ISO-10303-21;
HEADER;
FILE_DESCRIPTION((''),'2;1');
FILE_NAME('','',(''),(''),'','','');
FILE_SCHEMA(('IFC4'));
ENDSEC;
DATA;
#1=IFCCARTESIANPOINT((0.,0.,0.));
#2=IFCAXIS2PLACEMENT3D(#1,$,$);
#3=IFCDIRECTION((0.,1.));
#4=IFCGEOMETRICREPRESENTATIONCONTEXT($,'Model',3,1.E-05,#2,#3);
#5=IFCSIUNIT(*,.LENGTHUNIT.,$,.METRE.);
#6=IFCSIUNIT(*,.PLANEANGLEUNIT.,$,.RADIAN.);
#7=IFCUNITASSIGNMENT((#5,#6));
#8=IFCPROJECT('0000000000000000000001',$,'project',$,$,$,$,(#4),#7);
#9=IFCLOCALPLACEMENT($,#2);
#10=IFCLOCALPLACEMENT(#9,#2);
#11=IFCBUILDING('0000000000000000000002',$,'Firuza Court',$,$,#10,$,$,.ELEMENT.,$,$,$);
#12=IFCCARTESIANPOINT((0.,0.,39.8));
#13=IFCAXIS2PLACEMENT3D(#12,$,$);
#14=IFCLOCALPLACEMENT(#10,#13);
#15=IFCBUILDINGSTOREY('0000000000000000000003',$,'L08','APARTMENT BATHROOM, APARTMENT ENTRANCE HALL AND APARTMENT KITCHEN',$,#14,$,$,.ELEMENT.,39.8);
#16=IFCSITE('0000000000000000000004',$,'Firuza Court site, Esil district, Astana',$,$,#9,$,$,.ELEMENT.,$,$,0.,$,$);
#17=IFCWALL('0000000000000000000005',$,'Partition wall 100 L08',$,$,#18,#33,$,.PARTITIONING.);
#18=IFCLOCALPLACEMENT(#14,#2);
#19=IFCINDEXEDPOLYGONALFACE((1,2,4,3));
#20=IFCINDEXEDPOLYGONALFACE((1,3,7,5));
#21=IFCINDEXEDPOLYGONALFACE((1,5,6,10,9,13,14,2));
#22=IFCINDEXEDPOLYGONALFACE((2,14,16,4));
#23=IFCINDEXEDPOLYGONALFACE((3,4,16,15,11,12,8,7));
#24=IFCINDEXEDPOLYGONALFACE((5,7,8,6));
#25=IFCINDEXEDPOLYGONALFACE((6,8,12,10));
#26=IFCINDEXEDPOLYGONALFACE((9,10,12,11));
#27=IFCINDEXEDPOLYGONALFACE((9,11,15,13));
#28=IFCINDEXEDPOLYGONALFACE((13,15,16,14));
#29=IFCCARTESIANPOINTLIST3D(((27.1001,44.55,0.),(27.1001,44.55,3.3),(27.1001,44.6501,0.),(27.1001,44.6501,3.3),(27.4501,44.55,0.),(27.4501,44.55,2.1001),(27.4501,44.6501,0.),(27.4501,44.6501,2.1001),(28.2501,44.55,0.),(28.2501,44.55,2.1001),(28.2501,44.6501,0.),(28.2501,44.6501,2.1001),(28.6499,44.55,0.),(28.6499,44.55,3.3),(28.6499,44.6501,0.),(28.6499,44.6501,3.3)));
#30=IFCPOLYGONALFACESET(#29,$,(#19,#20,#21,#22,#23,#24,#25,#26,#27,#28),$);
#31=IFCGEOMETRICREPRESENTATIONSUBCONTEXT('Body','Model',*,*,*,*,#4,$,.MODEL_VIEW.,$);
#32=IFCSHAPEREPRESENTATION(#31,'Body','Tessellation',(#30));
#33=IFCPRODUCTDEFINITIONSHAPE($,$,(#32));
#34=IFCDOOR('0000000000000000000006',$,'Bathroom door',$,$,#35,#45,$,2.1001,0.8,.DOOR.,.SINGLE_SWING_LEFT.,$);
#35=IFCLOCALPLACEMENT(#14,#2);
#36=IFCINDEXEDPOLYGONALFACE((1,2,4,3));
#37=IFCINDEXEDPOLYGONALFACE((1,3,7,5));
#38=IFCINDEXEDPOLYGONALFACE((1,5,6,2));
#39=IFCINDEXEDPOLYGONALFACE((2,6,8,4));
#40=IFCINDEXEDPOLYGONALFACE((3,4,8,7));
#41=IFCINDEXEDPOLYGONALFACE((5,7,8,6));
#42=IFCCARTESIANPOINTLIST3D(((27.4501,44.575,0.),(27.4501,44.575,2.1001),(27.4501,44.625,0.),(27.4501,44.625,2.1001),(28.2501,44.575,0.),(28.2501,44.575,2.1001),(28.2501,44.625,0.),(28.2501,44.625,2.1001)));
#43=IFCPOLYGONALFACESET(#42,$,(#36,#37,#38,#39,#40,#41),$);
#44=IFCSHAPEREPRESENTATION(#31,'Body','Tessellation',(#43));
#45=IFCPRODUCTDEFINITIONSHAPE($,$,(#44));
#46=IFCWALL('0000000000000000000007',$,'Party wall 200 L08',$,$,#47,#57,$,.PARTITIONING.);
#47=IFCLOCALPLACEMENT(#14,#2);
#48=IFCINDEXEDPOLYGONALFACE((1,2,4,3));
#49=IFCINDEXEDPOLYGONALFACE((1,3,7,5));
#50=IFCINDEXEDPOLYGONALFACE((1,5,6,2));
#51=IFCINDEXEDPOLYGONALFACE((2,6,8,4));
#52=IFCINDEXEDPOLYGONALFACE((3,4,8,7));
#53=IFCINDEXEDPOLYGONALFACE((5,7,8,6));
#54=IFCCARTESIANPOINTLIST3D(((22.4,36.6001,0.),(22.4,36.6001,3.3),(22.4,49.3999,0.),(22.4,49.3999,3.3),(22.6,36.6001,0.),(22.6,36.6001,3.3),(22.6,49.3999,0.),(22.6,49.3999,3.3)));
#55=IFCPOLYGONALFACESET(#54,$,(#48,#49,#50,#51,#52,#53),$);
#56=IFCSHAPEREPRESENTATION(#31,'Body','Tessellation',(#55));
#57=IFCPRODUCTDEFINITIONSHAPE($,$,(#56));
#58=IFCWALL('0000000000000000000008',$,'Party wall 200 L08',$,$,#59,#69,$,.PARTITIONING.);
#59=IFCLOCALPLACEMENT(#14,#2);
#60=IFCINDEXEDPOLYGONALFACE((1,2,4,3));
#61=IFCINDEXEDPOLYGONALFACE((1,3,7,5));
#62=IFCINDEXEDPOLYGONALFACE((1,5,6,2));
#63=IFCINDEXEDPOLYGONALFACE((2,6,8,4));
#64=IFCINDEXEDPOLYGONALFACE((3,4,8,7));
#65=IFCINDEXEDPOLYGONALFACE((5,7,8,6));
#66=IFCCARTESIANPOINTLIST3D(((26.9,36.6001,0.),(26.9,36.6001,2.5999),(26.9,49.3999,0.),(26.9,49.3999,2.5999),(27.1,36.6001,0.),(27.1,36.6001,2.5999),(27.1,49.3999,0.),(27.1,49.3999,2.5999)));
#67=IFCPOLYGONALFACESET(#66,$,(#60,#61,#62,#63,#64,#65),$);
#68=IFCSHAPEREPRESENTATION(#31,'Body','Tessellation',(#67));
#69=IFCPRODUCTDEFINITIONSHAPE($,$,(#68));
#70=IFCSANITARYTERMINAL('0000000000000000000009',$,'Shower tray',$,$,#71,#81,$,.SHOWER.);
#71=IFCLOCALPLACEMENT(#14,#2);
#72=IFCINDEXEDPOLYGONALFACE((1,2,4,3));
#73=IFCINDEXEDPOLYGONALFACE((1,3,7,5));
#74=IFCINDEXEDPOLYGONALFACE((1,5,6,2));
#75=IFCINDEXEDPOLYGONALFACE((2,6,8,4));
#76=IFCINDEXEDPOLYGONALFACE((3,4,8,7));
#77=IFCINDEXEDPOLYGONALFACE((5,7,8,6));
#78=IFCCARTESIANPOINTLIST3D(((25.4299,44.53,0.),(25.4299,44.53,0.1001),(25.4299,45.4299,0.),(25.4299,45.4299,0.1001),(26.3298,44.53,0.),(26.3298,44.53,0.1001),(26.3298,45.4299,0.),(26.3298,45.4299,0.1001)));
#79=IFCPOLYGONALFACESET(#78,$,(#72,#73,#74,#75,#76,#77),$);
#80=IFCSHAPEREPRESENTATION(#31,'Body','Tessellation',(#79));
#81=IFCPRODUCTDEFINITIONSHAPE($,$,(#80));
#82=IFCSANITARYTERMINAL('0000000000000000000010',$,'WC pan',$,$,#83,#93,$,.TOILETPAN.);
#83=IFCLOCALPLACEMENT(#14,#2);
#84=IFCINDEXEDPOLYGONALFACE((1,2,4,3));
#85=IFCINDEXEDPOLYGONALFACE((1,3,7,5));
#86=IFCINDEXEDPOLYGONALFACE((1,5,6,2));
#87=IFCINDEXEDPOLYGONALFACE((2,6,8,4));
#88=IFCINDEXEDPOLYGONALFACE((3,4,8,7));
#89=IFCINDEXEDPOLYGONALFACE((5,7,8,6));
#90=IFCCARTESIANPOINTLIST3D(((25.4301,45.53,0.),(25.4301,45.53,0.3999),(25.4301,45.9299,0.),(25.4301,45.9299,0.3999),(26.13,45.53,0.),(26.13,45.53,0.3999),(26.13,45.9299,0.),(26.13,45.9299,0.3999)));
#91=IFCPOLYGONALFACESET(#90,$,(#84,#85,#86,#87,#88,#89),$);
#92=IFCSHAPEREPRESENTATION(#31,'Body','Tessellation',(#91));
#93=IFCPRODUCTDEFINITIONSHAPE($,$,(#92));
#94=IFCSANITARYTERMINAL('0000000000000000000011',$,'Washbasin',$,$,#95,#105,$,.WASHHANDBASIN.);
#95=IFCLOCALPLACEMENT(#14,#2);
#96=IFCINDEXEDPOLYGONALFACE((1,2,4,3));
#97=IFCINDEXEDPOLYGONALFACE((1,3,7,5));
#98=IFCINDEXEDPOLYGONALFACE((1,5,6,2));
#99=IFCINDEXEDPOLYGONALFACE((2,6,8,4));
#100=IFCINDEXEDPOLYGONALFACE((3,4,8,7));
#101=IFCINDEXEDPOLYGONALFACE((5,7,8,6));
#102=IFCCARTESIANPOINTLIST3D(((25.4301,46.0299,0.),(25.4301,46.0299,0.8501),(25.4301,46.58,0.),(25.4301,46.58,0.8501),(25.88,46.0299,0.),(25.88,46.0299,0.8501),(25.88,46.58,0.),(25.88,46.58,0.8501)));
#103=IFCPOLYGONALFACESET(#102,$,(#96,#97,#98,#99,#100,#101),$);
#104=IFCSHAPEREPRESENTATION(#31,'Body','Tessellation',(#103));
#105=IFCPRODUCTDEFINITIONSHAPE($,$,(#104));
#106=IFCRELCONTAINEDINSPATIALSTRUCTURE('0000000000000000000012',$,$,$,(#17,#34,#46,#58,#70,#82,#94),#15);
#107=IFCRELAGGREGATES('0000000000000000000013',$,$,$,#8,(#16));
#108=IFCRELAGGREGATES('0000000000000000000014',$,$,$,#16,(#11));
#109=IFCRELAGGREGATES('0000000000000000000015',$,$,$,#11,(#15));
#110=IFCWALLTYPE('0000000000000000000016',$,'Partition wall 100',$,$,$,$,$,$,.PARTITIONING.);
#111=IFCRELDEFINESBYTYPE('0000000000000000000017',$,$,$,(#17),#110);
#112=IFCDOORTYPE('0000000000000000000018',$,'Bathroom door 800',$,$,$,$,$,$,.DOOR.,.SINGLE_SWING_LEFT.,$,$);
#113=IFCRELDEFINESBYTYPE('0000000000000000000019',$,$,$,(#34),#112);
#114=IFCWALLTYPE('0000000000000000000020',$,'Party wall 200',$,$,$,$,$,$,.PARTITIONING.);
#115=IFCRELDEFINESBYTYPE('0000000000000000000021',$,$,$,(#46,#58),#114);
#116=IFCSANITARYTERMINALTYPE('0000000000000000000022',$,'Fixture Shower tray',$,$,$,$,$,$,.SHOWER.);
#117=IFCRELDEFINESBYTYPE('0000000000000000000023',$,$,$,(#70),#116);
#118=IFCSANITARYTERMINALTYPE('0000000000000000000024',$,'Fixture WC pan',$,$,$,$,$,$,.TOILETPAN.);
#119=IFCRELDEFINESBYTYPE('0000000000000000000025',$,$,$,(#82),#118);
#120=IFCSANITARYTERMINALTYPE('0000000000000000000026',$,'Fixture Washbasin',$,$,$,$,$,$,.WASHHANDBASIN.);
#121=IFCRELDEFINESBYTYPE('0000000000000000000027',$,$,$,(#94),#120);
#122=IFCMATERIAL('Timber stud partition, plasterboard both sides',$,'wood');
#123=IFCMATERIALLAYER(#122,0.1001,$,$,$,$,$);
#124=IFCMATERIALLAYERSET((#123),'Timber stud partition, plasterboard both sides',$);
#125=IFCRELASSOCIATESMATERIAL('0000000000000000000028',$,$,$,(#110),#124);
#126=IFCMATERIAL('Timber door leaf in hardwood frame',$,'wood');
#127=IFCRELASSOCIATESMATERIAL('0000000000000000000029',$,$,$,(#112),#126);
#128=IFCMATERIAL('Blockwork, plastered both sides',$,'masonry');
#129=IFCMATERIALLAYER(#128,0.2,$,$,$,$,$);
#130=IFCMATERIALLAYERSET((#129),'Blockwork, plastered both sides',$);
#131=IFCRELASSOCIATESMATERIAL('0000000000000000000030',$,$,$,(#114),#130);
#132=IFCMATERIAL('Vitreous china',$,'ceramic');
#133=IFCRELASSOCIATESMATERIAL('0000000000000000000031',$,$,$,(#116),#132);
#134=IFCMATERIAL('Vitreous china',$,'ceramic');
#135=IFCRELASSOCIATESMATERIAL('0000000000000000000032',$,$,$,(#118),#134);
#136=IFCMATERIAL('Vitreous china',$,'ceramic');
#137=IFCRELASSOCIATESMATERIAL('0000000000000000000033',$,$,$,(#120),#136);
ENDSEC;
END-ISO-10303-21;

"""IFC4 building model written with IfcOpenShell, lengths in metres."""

from ifc_helpers import new_model, si_unit, direction, frame, frame_2d, origin, origin_2d, place, context, subcontext, project, spatial, rectangle, extrude, material, layer, layer_set, type_object, element, fill, save


model = new_model("IFC4")

# Units and contexts
model_context = context("Model", 3, precision=1e-05, world=origin(), true_north=direction((0.0, 1.0)))
body_context = subcontext(model_context, "Body", "Model", "MODEL_VIEW")
ifc_project = project(units=[si_unit("LENGTHUNIT", "METRE"), si_unit("PLANEANGLEUNIT", "RADIAN")], contexts=[model_context])

# Site, building, storey
site_placement = place(None, origin())
site = spatial("IfcSite", under=ifc_project, at=site_placement, Name="Firuza Court site, Esil district, Astana", CompositionType="ELEMENT", RefElevation=0.0)
building_placement = place(site_placement, origin())
building = spatial("IfcBuilding", under=site, at=building_placement, Name="Firuza Court", CompositionType="ELEMENT")
storey_placement = place(building_placement, frame((0.0, 0.0, 39.8)))
storey = spatial("IfcBuildingStorey", under=building, at=storey_placement, Name="L08", Description="APARTMENT BATHROOM, APARTMENT ENTRANCE HALL AND APARTMENT KITCHEN", CompositionType="ELEMENT", Elevation=39.8)

# Shared definitions
ifc_material_1 = material(Name="Timber stud partition, plasterboard both sides", Category="wood")
ifc_layer_1 = layer(ifc_material_1, 0.1001)
ifc_layer_set_1 = layer_set([ifc_layer_1], Name="Timber stud partition, plasterboard both sides")
wall_type_1 = type_object("IfcWallType", Name="Partition wall 100", PredefinedType="PARTITIONING", material=ifc_layer_set_1)

# Wall, opening, door
ifc_material_2 = material(Name="Timber door leaf in hardwood frame", Category="wood")
door_type_1 = type_object("IfcDoorType", Name="Bathroom door 800", OperationType="SINGLE_SWING_LEFT", PredefinedType="DOOR", material=ifc_material_2)
wall_1_placement = place(storey_placement, frame((27.1001, 44.6001, 0.0), z_axis=(0.0, 0.0, 1.0), x_axis=(1.0, 0.0, 0.0)))
wall_1 = element("IfcWall", 1, at=wall_1_placement, inside=storey, type_object=wall_type_1, Name="Partition wall 100 L08", PredefinedType="PARTITIONING", context=body_context, shape_type="SweptSolid", body=[
    extrude(rectangle(XDim=1.5498, YDim=0.1001, at=frame_2d((0.7749, 0.0))), origin(), (0.0, 0.0, 1.0), 3.3),
])
opening_1_placement = place(wall_1_placement, frame((0.3501, 0.0, 0.0)))
opening_1 = element("IfcOpeningElement", 2, at=opening_1_placement, cuts=wall_1, PredefinedType="OPENING", context=body_context, shape_type="SweptSolid", body=[
    extrude(rectangle(XDim=0.8, YDim=2.1001, at=frame_2d((0.3999, 1.05))), frame((0.0, 0.062, 0.0), z_axis=(0.0, -1.0, 0.0), x_axis=(1.0, 0.0, 0.0)), (0.0, 0.0, 1.0), 0.124),
])
door_1_placement = place(opening_1_placement, origin())
door_1 = element("IfcDoor", 3, at=door_1_placement, inside=storey, type_object=door_type_1, Name="Bathroom door", OperationType="SINGLE_SWING_LEFT", OverallHeight=2.1001, OverallWidth=0.8, PredefinedType="DOOR", context=body_context, shape_type="SweptSolid", body=[
    extrude(rectangle(XDim=0.8, YDim=2.1001, at=frame_2d((0.3999, 1.05))), frame((0.0, 0.0249, 0.0), z_axis=(0.0, -1.0, 0.0), x_axis=(1.0, 0.0, 0.0)), (0.0, 0.0, 1.0), 0.05),
])
fill(opening_1, door_1)

# Walls
ifc_material_3 = material(Name="Blockwork, plastered both sides", Category="masonry")
ifc_layer_2 = layer(ifc_material_3, 0.2)
ifc_layer_set_2 = layer_set([ifc_layer_2], Name="Blockwork, plastered both sides")
wall_type_2 = type_object("IfcWallType", Name="Party wall 200", PredefinedType="PARTITIONING", material=ifc_layer_set_2)
wall_2_placement = place(storey_placement, frame((22.5, 36.6001, 0.0), z_axis=(0.0, 0.0, 1.0), x_axis=(0.0, 1.0, 0.0)))
element("IfcWall", 4, at=wall_2_placement, inside=storey, type_object=wall_type_2, Name="Party wall 200 L08", PredefinedType="PARTITIONING", context=body_context, shape_type="SweptSolid", body=[
    extrude(rectangle(XDim=12.7998, YDim=0.2, at=frame_2d((6.3999, 0.0))), origin(), (0.0, 0.0, 1.0), 3.3),
])
wall_3_placement = place(storey_placement, frame((27.0, 36.6001, 0.0), z_axis=(0.0, 0.0, 1.0), x_axis=(0.0, 1.0, 0.0)))
element("IfcWall", 5, at=wall_3_placement, inside=storey, type_object=wall_type_2, Name="Party wall 200 L08", PredefinedType="PARTITIONING", context=body_context, shape_type="SweptSolid", body=[
    extrude(rectangle(XDim=12.7998, YDim=0.2, at=frame_2d((6.3999, 0.0))), origin(), (0.0, 0.0, 1.0), 2.5999),
])

# Sanitary terminals
ifc_material_4 = material(Name="Vitreous china", Category="ceramic")
sanitary_terminal_type_1 = type_object("IfcSanitaryTerminalType", Name="Fixture Shower tray", PredefinedType="SHOWER", material=ifc_material_4)
sanitary_terminal_1_placement = place(storey_placement, frame((25.8799, 44.98, 0.0), z_axis=(0.0, 0.0, 1.0), x_axis=(1.0, 0.0, 0.0)))
element("IfcSanitaryTerminal", 6, at=sanitary_terminal_1_placement, inside=storey, type_object=sanitary_terminal_type_1, Name="Shower tray", PredefinedType="SHOWER", context=body_context, shape_type="SweptSolid", body=[
    extrude(rectangle(XDim=0.8999, YDim=0.8999, at=origin_2d()), origin(), (0.0, 0.0, 1.0), 0.1001),
])
ifc_material_5 = material(Name="Vitreous china", Category="ceramic")
sanitary_terminal_type_2 = type_object("IfcSanitaryTerminalType", Name="Fixture WC pan", PredefinedType="TOILETPAN", material=ifc_material_5)
sanitary_terminal_2_placement = place(storey_placement, frame((25.78, 45.73, 0.0), z_axis=(0.0, 0.0, 1.0), x_axis=(1.0, 0.0, 0.0)))
element("IfcSanitaryTerminal", 7, at=sanitary_terminal_2_placement, inside=storey, type_object=sanitary_terminal_type_2, Name="WC pan", PredefinedType="TOILETPAN", context=body_context, shape_type="SweptSolid", body=[
    extrude(rectangle(XDim=0.7, YDim=0.3999, at=origin_2d()), origin(), (0.0, 0.0, 1.0), 0.3999),
])
ifc_material_6 = material(Name="Vitreous china", Category="ceramic")
sanitary_terminal_type_3 = type_object("IfcSanitaryTerminalType", Name="Fixture Washbasin", PredefinedType="WASHHANDBASIN", material=ifc_material_6)
sanitary_terminal_3_placement = place(storey_placement, frame((25.655, 46.3049, 0.0), z_axis=(0.0, 0.0, 1.0), x_axis=(1.0, 0.0, 0.0)))
element("IfcSanitaryTerminal", 8, at=sanitary_terminal_3_placement, inside=storey, type_object=sanitary_terminal_type_3, Name="Washbasin", PredefinedType="WASHHANDBASIN", context=body_context, shape_type="SweptSolid", body=[
    extrude(rectangle(XDim=0.45, YDim=0.55, at=origin_2d()), origin(), (0.0, 0.0, 1.0), 0.8501),
])

save(model, "model.ifc")
